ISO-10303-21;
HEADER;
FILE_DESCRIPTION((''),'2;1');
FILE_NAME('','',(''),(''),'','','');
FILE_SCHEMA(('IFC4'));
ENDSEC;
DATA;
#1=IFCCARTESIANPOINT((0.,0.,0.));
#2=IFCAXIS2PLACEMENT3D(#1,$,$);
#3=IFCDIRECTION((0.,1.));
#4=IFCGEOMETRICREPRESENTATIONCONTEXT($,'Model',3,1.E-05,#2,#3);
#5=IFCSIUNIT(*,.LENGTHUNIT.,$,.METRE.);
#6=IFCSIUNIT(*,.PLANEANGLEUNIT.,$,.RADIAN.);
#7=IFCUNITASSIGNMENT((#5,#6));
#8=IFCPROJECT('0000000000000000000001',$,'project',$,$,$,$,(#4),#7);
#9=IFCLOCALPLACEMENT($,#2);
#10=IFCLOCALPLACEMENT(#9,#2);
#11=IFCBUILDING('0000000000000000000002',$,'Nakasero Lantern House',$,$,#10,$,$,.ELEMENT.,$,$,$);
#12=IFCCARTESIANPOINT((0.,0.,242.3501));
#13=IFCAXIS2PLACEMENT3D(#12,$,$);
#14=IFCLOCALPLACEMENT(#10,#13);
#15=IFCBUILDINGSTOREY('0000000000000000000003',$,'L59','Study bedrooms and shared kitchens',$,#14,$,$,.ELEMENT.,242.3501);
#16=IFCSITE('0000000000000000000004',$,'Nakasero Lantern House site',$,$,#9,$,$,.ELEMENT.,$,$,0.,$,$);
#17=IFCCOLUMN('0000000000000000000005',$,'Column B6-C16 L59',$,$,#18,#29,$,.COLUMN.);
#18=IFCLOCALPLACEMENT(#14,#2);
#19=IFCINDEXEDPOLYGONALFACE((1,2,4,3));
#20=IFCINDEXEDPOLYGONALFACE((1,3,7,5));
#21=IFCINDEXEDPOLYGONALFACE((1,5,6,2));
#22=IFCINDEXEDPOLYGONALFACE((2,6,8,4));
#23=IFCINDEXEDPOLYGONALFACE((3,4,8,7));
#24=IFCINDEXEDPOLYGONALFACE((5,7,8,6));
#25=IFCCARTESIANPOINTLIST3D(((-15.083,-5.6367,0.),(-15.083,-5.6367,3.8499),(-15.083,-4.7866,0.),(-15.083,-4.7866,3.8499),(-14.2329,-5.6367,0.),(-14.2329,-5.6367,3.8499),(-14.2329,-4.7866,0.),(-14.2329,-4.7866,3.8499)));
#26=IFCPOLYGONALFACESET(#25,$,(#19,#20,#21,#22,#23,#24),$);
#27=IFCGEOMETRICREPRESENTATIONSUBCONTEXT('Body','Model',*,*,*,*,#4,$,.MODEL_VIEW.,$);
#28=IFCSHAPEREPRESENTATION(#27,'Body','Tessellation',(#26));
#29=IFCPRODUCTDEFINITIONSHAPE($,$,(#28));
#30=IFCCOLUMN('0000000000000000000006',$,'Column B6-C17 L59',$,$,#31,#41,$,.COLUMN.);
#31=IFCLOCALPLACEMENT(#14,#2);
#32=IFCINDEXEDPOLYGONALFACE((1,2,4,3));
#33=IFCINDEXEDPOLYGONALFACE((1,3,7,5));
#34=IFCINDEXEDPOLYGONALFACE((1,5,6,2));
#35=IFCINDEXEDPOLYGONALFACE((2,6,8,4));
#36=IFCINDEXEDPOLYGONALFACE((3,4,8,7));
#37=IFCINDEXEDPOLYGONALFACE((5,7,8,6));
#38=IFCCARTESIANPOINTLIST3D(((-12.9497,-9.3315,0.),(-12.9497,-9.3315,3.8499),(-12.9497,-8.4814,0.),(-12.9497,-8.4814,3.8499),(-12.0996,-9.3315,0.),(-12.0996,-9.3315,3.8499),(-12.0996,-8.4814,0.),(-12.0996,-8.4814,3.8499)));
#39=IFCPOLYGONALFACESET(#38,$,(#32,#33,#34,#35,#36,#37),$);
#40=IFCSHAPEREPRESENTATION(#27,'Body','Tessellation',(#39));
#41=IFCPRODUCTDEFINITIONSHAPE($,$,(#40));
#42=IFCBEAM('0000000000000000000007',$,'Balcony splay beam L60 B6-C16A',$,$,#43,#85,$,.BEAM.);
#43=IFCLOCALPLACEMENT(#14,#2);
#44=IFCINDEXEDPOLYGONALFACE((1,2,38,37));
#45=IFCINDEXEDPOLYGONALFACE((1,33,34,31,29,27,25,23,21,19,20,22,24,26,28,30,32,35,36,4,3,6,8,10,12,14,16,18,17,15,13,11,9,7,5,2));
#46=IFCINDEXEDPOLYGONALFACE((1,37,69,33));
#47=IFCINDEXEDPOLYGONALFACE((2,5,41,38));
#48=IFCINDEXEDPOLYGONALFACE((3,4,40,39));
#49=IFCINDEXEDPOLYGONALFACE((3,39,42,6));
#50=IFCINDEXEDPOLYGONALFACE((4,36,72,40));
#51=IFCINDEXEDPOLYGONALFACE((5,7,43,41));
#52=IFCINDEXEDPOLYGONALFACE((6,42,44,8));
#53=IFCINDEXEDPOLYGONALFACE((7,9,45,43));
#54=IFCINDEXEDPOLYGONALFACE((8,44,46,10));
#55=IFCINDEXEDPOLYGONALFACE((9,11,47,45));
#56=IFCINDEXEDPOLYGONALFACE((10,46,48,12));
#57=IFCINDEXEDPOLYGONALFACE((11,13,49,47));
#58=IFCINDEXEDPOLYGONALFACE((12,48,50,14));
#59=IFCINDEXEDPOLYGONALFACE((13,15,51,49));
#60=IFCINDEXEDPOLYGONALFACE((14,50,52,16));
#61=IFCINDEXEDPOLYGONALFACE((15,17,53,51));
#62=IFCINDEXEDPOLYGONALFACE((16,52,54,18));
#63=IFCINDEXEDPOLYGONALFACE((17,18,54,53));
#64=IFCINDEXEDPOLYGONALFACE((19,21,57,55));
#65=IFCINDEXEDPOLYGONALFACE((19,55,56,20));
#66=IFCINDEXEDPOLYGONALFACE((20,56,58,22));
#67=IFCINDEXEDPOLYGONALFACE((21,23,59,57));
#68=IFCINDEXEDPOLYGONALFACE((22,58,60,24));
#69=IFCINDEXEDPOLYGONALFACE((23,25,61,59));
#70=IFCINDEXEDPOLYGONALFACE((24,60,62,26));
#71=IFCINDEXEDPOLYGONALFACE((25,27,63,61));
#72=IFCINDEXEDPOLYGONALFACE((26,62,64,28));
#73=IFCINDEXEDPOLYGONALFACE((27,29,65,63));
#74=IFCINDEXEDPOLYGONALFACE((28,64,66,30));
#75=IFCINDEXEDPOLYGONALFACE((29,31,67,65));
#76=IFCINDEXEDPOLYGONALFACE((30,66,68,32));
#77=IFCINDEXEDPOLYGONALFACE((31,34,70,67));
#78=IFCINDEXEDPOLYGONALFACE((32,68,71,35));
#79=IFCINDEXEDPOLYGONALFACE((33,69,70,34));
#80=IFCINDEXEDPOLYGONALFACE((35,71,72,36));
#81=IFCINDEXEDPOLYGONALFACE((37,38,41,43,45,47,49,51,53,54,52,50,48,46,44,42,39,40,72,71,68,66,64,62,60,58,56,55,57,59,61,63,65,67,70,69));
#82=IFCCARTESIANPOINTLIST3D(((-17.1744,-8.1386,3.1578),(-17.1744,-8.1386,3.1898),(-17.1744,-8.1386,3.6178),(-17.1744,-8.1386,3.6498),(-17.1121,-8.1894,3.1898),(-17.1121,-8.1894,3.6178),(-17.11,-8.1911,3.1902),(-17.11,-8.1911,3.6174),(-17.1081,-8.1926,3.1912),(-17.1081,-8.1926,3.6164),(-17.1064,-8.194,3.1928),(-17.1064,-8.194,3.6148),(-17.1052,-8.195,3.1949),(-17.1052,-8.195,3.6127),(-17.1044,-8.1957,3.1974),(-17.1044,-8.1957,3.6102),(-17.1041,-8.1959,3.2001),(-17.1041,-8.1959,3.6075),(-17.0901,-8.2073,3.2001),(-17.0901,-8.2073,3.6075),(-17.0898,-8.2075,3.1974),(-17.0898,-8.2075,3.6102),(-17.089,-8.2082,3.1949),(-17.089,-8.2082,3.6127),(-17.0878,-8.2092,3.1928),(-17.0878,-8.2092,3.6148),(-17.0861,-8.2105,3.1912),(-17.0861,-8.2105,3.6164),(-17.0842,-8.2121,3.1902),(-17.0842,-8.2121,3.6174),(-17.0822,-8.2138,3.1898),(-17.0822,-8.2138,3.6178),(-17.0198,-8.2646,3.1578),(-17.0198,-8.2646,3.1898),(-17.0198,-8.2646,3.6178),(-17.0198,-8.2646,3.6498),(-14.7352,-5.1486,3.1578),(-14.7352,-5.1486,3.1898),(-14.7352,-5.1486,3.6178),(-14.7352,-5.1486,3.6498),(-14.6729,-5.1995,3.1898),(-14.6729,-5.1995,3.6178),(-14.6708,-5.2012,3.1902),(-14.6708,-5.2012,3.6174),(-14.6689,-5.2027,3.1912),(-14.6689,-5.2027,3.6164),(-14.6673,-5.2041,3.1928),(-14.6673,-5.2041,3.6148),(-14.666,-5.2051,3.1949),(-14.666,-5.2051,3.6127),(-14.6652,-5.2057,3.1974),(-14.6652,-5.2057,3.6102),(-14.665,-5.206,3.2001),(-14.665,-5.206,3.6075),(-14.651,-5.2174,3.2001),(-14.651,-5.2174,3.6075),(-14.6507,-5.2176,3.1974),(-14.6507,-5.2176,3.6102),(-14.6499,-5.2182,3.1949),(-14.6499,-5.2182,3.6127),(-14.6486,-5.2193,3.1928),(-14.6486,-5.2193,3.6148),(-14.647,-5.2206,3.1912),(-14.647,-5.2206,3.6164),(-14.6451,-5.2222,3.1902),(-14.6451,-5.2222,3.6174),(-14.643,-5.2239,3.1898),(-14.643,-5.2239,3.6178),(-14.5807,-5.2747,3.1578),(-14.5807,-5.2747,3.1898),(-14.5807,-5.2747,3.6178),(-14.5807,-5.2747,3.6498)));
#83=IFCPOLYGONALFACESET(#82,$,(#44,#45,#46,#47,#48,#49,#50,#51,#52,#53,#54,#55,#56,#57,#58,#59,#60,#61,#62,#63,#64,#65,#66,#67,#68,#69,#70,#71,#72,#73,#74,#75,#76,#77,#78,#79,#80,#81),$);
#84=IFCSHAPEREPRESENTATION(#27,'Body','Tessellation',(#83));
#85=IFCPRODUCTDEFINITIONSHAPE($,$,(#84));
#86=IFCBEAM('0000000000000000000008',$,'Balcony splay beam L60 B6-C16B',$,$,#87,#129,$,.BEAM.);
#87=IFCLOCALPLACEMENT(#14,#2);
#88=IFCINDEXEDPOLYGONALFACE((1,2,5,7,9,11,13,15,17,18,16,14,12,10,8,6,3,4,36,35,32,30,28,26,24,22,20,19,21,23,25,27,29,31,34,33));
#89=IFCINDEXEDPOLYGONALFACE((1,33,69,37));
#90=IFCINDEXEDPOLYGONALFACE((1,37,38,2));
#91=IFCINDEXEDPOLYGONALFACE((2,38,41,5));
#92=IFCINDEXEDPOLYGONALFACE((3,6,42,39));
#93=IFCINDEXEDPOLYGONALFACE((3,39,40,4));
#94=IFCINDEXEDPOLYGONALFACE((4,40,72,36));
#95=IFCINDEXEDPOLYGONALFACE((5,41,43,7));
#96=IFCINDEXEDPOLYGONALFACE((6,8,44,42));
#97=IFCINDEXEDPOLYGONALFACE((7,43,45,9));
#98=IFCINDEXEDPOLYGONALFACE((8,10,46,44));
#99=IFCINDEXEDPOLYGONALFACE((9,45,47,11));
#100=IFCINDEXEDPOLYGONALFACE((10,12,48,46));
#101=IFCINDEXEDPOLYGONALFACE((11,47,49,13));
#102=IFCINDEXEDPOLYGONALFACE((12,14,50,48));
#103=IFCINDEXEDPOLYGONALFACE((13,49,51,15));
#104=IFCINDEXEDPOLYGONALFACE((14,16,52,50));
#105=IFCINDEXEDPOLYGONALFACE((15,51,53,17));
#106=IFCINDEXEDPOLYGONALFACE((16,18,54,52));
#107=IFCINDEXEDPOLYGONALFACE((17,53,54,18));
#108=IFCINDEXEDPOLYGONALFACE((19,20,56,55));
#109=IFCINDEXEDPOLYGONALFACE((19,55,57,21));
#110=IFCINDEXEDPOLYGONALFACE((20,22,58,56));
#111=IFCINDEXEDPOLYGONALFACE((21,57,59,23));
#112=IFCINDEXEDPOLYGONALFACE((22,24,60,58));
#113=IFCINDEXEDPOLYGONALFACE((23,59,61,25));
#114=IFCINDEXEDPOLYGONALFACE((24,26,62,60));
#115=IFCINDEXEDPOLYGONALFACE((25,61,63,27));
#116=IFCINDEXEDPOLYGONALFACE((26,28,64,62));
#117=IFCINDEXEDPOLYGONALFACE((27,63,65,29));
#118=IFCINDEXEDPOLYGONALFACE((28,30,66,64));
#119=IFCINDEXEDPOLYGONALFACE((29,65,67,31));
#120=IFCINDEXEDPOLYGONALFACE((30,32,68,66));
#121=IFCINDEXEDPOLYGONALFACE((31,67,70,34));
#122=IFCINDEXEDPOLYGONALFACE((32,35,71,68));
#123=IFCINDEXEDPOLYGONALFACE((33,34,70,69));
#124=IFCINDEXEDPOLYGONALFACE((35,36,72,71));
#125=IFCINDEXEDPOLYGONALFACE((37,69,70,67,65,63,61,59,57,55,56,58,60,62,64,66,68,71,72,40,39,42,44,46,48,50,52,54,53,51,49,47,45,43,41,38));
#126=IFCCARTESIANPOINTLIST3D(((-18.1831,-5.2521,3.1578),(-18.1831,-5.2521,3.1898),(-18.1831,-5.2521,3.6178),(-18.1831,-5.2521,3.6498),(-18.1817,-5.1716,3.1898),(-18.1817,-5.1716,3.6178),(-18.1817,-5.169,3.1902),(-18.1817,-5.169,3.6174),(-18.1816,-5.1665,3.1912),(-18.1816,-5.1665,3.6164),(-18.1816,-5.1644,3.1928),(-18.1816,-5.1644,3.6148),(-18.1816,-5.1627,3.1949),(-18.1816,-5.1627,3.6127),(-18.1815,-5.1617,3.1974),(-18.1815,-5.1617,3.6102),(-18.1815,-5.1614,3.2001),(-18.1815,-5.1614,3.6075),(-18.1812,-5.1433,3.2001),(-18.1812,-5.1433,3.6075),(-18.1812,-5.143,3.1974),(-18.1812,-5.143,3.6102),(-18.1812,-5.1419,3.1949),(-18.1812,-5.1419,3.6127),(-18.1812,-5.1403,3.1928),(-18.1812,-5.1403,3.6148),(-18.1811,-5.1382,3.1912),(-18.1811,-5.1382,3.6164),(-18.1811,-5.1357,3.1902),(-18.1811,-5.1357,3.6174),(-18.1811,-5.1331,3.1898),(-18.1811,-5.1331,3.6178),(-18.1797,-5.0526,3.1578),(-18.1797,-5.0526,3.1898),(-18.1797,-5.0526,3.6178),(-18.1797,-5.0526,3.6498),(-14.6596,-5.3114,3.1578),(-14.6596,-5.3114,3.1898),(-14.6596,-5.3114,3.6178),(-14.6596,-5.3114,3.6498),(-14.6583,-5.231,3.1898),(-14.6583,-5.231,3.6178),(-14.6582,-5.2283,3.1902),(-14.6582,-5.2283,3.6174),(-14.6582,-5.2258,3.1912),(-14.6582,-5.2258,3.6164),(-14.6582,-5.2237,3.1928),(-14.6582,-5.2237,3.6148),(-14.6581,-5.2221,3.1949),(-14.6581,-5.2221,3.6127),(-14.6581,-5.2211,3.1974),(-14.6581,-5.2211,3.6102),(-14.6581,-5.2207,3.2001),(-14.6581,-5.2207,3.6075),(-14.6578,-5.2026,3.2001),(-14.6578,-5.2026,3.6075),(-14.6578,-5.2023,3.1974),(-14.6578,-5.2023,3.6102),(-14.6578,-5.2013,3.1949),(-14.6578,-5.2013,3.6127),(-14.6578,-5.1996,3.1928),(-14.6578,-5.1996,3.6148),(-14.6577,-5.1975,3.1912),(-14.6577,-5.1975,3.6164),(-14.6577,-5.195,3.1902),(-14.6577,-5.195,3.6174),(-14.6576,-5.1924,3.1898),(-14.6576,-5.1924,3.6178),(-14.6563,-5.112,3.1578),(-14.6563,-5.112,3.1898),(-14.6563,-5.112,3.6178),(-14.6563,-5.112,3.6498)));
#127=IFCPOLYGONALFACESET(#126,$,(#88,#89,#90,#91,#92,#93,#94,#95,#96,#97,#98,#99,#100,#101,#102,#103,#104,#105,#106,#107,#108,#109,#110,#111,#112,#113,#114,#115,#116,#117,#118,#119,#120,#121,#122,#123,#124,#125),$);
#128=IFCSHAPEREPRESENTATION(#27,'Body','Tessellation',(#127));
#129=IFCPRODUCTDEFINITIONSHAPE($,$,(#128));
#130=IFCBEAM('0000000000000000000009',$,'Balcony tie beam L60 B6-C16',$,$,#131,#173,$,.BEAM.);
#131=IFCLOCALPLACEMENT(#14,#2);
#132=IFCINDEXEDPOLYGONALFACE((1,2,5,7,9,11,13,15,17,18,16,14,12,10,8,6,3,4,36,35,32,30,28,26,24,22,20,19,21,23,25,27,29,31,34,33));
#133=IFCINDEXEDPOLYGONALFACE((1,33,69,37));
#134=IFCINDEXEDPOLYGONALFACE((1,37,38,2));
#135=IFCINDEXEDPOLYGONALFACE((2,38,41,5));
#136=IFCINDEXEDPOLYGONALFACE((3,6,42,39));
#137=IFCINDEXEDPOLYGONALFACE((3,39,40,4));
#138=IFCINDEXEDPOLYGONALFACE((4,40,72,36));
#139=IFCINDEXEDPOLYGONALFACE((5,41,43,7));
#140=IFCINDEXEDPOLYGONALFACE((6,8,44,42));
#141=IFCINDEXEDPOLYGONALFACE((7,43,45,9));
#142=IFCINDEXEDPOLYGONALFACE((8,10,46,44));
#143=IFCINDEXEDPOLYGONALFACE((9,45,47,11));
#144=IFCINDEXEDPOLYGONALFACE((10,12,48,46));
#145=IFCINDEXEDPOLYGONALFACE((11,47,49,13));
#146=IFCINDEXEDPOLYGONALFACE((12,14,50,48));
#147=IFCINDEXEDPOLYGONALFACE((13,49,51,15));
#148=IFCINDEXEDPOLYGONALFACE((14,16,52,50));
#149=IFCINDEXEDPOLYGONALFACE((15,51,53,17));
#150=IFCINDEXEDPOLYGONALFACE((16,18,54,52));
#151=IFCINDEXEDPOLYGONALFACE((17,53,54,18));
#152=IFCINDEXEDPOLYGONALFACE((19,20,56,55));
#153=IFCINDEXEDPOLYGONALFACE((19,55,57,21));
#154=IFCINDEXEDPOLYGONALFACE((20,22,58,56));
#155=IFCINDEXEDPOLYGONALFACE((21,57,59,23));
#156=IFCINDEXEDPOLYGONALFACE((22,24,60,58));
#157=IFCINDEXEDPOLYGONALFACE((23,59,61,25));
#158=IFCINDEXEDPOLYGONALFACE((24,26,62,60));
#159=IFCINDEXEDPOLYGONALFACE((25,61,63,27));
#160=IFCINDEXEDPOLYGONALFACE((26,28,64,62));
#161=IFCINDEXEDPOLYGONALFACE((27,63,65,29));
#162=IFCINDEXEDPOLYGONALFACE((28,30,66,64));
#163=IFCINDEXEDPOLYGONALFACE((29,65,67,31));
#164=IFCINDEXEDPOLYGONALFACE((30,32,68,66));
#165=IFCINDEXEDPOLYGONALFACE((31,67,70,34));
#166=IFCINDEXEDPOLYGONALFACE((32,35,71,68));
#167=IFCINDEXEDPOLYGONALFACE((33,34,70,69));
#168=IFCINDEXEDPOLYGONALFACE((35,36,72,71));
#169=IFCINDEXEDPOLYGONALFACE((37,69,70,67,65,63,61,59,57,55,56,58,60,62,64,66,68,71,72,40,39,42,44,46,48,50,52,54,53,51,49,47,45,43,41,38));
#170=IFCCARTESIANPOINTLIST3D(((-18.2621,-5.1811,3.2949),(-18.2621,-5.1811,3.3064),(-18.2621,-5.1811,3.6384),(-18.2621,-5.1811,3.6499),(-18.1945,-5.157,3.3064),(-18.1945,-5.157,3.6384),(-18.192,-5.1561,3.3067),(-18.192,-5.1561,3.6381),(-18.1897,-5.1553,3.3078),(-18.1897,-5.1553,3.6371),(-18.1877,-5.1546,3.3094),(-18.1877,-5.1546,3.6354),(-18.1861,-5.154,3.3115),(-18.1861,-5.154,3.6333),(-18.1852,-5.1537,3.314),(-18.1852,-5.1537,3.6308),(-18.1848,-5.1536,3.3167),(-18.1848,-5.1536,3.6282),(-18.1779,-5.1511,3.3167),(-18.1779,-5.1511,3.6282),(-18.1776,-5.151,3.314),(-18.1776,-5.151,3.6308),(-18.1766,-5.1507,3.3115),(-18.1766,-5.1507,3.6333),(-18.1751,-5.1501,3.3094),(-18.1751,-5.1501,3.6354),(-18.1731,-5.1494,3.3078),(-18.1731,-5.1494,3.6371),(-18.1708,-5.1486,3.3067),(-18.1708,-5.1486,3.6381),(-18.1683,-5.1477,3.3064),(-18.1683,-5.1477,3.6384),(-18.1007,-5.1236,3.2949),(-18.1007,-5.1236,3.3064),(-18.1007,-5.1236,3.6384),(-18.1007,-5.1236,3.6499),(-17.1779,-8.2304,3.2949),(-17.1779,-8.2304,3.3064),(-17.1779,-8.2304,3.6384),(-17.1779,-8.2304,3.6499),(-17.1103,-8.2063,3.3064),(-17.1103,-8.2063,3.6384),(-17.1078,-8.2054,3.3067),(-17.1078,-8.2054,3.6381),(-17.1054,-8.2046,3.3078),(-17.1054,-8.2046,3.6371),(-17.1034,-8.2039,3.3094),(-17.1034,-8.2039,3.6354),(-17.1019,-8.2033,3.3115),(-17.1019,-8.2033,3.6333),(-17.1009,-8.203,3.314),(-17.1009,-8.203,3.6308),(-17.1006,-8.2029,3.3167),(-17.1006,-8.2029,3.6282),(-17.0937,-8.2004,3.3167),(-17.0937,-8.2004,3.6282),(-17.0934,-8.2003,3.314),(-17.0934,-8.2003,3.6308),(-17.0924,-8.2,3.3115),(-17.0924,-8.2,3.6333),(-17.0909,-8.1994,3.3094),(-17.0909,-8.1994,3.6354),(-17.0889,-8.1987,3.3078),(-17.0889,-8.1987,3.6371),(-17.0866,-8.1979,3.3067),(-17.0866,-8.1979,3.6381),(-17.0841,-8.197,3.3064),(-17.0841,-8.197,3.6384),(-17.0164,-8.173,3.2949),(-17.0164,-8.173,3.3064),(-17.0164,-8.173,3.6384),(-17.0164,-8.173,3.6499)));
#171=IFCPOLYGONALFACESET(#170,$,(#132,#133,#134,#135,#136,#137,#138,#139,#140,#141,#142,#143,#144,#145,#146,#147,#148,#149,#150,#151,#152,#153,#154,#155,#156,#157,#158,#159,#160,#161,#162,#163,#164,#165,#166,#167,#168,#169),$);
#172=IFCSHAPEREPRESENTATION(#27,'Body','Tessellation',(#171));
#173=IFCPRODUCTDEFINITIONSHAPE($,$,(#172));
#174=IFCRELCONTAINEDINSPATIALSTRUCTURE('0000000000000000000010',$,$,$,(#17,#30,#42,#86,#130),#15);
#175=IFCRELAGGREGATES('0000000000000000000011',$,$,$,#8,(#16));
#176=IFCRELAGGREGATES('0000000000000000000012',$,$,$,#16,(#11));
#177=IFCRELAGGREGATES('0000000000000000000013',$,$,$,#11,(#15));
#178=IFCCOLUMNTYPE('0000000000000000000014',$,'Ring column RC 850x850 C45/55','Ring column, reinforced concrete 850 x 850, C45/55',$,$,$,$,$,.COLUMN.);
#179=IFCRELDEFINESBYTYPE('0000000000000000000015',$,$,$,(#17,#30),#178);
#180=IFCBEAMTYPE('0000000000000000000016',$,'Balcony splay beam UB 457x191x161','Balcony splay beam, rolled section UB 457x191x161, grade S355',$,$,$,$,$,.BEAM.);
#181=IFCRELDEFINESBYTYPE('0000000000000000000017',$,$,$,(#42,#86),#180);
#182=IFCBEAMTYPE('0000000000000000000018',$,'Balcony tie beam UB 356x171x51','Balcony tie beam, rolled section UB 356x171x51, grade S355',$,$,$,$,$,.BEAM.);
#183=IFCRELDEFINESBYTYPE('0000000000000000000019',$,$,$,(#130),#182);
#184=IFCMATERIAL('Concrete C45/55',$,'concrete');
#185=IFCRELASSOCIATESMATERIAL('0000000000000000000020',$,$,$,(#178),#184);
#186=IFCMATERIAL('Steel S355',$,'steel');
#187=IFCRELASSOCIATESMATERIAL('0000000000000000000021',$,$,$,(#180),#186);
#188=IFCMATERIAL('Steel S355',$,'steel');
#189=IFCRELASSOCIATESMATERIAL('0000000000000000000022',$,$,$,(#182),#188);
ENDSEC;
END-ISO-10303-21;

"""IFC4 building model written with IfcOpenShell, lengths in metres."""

from ifc_helpers import new_model, si_unit, direction, frame, origin, origin_2d, place, context, subcontext, project, spatial, rectangle, i_section, extrude, material, material_profile, profile_set, type_object, element, save


model = new_model("IFC4")

# Units and contexts
model_context = context("Model", 3, precision=1e-05, world=origin(), true_north=direction((0.0, 1.0)))
body_context = subcontext(model_context, "Body", "Model", "MODEL_VIEW")
ifc_project = project(units=[si_unit("LENGTHUNIT", "METRE"), si_unit("PLANEANGLEUNIT", "RADIAN")], contexts=[model_context])

# Site, building, storey
site_placement = place(None, origin())
site = spatial("IfcSite", under=ifc_project, at=site_placement, Name="Nakasero Lantern House site", CompositionType="ELEMENT", RefElevation=0.0)
building_placement = place(site_placement, origin())
building = spatial("IfcBuilding", under=site, at=building_placement, Name="Nakasero Lantern House", CompositionType="ELEMENT")
storey_placement = place(building_placement, frame((0.0, 0.0, 242.3501)))
storey = spatial("IfcBuildingStorey", under=building, at=storey_placement, Name="L59", Description="Study bedrooms and shared kitchens", CompositionType="ELEMENT", Elevation=242.3501)

# Columns
ifc_material_1 = material(Name="Concrete C45/55", Category="concrete")
ifc_material_profile_1 = material_profile(ifc_material_1, rectangle(XDim=0.8501, YDim=0.8501, at=origin_2d()), Name="RC 850x850")
ifc_profile_set_1 = profile_set([ifc_material_profile_1], Name="Concrete C45/55")
column_type = type_object("IfcColumnType", Name="Ring column RC 850x850 C45/55", Description="Ring column, reinforced concrete 850 x 850, C45/55", PredefinedType="COLUMN", material=ifc_profile_set_1)
for number, where, z_axis, x_axis, name in (
    (1, (-14.658, -5.2117, 0.0), (0.0, 0.0, 1.0), (1.0, 0.0, 0.0), "Column B6-C16 L59"),
    (2, (-12.5247, -8.9065, 0.0), (0.0, 0.0, 1.0), (1.0, 0.0, 0.0), "Column B6-C17 L59"),
):
    element("IfcColumn", number, at=place(storey_placement, frame(where, z_axis=z_axis, x_axis=x_axis)), inside=storey, type_object=column_type, Name=name, PredefinedType="COLUMN", context=body_context, shape_type="SweptSolid", body=[
        extrude(rectangle(XDim=0.8501, YDim=0.8501, at=origin_2d()), origin(), (0.0, 0.0, 1.0), 3.8499),
    ])

# Beams
ifc_material_2 = material(Name="Steel S355", Category="steel")
ifc_material_profile_2 = material_profile(ifc_material_2, i_section(OverallWidth=0.1995, OverallDepth=0.4919, WebThickness=0.0181, FlangeThickness=0.032, FilletRadius=0.0103, at=origin_2d()), Name="UB 457x191x161")
ifc_profile_set_2 = profile_set([ifc_material_profile_2], Name="Steel S355")
beam_type_1 = type_object("IfcBeamType", Name="Balcony splay beam UB 457x191x161", Description="Balcony splay beam, rolled section UB 457x191x161, grade S355", PredefinedType="BEAM", material=ifc_profile_set_2)
beam_1_placement = place(storey_placement, frame((-14.658, -5.2117, 3.4038), z_axis=(-0.632128, -0.774864, 0.0), x_axis=(0.774864, -0.632128, 0.0)))
element("IfcBeam", 3, at=beam_1_placement, inside=storey, type_object=beam_type_1, Name="Balcony splay beam L60 B6-C16A", PredefinedType="BEAM", context=body_context, shape_type="SweptSolid", body=[
    extrude(i_section(OverallWidth=0.1995, OverallDepth=0.4919, WebThickness=0.0181, FlangeThickness=0.032, FilletRadius=0.0103, at=origin_2d()), origin(), (0.0, 0.0, 1.0), 3.8586),
])
beam_2_placement = place(storey_placement, frame((-14.658, -5.2117, 3.4038), z_axis=(-0.999858, 0.016835, 0.0), x_axis=(-0.016835, -0.999858, 0.0)))
element("IfcBeam", 4, at=beam_2_placement, inside=storey, type_object=beam_type_1, Name="Balcony splay beam L60 B6-C16B", PredefinedType="BEAM", context=body_context, shape_type="SweptSolid", body=[
    extrude(i_section(OverallWidth=0.1995, OverallDepth=0.4919, WebThickness=0.0181, FlangeThickness=0.032, FilletRadius=0.0103, at=origin_2d()), origin(), (0.0, 0.0, 1.0), 3.5239),
])
ifc_material_3 = material(Name="Steel S355", Category="steel")
ifc_material_profile_3 = material_profile(ifc_material_3, i_section(OverallWidth=0.1714, OverallDepth=0.355, WebThickness=0.0073, FlangeThickness=0.0115, FilletRadius=0.0103, at=origin_2d()), Name="UB 356x171x51")
ifc_profile_set_3 = profile_set([ifc_material_profile_3], Name="Steel S355")
beam_type_2 = type_object("IfcBeamType", Name="Balcony tie beam UB 356x171x51", Description="Balcony tie beam, rolled section UB 356x171x51, grade S355", PredefinedType="BEAM", material=ifc_profile_set_3)
beam_3_placement = place(storey_placement, frame((-17.0972, -8.2017, 3.4724), z_axis=(-0.335017, 0.942212, 0.0), x_axis=(-0.942212, -0.335017, 0.0)))
element("IfcBeam", 5, at=beam_3_placement, inside=storey, type_object=beam_type_2, Name="Balcony tie beam L60 B6-C16", PredefinedType="BEAM", context=body_context, shape_type="SweptSolid", body=[
    extrude(i_section(OverallWidth=0.1714, OverallDepth=0.355, WebThickness=0.0073, FlangeThickness=0.0115, FilletRadius=0.0103, at=origin_2d()), origin(), (0.0, 0.0, 1.0), 3.2363),
])

save(model, "model.ifc")
